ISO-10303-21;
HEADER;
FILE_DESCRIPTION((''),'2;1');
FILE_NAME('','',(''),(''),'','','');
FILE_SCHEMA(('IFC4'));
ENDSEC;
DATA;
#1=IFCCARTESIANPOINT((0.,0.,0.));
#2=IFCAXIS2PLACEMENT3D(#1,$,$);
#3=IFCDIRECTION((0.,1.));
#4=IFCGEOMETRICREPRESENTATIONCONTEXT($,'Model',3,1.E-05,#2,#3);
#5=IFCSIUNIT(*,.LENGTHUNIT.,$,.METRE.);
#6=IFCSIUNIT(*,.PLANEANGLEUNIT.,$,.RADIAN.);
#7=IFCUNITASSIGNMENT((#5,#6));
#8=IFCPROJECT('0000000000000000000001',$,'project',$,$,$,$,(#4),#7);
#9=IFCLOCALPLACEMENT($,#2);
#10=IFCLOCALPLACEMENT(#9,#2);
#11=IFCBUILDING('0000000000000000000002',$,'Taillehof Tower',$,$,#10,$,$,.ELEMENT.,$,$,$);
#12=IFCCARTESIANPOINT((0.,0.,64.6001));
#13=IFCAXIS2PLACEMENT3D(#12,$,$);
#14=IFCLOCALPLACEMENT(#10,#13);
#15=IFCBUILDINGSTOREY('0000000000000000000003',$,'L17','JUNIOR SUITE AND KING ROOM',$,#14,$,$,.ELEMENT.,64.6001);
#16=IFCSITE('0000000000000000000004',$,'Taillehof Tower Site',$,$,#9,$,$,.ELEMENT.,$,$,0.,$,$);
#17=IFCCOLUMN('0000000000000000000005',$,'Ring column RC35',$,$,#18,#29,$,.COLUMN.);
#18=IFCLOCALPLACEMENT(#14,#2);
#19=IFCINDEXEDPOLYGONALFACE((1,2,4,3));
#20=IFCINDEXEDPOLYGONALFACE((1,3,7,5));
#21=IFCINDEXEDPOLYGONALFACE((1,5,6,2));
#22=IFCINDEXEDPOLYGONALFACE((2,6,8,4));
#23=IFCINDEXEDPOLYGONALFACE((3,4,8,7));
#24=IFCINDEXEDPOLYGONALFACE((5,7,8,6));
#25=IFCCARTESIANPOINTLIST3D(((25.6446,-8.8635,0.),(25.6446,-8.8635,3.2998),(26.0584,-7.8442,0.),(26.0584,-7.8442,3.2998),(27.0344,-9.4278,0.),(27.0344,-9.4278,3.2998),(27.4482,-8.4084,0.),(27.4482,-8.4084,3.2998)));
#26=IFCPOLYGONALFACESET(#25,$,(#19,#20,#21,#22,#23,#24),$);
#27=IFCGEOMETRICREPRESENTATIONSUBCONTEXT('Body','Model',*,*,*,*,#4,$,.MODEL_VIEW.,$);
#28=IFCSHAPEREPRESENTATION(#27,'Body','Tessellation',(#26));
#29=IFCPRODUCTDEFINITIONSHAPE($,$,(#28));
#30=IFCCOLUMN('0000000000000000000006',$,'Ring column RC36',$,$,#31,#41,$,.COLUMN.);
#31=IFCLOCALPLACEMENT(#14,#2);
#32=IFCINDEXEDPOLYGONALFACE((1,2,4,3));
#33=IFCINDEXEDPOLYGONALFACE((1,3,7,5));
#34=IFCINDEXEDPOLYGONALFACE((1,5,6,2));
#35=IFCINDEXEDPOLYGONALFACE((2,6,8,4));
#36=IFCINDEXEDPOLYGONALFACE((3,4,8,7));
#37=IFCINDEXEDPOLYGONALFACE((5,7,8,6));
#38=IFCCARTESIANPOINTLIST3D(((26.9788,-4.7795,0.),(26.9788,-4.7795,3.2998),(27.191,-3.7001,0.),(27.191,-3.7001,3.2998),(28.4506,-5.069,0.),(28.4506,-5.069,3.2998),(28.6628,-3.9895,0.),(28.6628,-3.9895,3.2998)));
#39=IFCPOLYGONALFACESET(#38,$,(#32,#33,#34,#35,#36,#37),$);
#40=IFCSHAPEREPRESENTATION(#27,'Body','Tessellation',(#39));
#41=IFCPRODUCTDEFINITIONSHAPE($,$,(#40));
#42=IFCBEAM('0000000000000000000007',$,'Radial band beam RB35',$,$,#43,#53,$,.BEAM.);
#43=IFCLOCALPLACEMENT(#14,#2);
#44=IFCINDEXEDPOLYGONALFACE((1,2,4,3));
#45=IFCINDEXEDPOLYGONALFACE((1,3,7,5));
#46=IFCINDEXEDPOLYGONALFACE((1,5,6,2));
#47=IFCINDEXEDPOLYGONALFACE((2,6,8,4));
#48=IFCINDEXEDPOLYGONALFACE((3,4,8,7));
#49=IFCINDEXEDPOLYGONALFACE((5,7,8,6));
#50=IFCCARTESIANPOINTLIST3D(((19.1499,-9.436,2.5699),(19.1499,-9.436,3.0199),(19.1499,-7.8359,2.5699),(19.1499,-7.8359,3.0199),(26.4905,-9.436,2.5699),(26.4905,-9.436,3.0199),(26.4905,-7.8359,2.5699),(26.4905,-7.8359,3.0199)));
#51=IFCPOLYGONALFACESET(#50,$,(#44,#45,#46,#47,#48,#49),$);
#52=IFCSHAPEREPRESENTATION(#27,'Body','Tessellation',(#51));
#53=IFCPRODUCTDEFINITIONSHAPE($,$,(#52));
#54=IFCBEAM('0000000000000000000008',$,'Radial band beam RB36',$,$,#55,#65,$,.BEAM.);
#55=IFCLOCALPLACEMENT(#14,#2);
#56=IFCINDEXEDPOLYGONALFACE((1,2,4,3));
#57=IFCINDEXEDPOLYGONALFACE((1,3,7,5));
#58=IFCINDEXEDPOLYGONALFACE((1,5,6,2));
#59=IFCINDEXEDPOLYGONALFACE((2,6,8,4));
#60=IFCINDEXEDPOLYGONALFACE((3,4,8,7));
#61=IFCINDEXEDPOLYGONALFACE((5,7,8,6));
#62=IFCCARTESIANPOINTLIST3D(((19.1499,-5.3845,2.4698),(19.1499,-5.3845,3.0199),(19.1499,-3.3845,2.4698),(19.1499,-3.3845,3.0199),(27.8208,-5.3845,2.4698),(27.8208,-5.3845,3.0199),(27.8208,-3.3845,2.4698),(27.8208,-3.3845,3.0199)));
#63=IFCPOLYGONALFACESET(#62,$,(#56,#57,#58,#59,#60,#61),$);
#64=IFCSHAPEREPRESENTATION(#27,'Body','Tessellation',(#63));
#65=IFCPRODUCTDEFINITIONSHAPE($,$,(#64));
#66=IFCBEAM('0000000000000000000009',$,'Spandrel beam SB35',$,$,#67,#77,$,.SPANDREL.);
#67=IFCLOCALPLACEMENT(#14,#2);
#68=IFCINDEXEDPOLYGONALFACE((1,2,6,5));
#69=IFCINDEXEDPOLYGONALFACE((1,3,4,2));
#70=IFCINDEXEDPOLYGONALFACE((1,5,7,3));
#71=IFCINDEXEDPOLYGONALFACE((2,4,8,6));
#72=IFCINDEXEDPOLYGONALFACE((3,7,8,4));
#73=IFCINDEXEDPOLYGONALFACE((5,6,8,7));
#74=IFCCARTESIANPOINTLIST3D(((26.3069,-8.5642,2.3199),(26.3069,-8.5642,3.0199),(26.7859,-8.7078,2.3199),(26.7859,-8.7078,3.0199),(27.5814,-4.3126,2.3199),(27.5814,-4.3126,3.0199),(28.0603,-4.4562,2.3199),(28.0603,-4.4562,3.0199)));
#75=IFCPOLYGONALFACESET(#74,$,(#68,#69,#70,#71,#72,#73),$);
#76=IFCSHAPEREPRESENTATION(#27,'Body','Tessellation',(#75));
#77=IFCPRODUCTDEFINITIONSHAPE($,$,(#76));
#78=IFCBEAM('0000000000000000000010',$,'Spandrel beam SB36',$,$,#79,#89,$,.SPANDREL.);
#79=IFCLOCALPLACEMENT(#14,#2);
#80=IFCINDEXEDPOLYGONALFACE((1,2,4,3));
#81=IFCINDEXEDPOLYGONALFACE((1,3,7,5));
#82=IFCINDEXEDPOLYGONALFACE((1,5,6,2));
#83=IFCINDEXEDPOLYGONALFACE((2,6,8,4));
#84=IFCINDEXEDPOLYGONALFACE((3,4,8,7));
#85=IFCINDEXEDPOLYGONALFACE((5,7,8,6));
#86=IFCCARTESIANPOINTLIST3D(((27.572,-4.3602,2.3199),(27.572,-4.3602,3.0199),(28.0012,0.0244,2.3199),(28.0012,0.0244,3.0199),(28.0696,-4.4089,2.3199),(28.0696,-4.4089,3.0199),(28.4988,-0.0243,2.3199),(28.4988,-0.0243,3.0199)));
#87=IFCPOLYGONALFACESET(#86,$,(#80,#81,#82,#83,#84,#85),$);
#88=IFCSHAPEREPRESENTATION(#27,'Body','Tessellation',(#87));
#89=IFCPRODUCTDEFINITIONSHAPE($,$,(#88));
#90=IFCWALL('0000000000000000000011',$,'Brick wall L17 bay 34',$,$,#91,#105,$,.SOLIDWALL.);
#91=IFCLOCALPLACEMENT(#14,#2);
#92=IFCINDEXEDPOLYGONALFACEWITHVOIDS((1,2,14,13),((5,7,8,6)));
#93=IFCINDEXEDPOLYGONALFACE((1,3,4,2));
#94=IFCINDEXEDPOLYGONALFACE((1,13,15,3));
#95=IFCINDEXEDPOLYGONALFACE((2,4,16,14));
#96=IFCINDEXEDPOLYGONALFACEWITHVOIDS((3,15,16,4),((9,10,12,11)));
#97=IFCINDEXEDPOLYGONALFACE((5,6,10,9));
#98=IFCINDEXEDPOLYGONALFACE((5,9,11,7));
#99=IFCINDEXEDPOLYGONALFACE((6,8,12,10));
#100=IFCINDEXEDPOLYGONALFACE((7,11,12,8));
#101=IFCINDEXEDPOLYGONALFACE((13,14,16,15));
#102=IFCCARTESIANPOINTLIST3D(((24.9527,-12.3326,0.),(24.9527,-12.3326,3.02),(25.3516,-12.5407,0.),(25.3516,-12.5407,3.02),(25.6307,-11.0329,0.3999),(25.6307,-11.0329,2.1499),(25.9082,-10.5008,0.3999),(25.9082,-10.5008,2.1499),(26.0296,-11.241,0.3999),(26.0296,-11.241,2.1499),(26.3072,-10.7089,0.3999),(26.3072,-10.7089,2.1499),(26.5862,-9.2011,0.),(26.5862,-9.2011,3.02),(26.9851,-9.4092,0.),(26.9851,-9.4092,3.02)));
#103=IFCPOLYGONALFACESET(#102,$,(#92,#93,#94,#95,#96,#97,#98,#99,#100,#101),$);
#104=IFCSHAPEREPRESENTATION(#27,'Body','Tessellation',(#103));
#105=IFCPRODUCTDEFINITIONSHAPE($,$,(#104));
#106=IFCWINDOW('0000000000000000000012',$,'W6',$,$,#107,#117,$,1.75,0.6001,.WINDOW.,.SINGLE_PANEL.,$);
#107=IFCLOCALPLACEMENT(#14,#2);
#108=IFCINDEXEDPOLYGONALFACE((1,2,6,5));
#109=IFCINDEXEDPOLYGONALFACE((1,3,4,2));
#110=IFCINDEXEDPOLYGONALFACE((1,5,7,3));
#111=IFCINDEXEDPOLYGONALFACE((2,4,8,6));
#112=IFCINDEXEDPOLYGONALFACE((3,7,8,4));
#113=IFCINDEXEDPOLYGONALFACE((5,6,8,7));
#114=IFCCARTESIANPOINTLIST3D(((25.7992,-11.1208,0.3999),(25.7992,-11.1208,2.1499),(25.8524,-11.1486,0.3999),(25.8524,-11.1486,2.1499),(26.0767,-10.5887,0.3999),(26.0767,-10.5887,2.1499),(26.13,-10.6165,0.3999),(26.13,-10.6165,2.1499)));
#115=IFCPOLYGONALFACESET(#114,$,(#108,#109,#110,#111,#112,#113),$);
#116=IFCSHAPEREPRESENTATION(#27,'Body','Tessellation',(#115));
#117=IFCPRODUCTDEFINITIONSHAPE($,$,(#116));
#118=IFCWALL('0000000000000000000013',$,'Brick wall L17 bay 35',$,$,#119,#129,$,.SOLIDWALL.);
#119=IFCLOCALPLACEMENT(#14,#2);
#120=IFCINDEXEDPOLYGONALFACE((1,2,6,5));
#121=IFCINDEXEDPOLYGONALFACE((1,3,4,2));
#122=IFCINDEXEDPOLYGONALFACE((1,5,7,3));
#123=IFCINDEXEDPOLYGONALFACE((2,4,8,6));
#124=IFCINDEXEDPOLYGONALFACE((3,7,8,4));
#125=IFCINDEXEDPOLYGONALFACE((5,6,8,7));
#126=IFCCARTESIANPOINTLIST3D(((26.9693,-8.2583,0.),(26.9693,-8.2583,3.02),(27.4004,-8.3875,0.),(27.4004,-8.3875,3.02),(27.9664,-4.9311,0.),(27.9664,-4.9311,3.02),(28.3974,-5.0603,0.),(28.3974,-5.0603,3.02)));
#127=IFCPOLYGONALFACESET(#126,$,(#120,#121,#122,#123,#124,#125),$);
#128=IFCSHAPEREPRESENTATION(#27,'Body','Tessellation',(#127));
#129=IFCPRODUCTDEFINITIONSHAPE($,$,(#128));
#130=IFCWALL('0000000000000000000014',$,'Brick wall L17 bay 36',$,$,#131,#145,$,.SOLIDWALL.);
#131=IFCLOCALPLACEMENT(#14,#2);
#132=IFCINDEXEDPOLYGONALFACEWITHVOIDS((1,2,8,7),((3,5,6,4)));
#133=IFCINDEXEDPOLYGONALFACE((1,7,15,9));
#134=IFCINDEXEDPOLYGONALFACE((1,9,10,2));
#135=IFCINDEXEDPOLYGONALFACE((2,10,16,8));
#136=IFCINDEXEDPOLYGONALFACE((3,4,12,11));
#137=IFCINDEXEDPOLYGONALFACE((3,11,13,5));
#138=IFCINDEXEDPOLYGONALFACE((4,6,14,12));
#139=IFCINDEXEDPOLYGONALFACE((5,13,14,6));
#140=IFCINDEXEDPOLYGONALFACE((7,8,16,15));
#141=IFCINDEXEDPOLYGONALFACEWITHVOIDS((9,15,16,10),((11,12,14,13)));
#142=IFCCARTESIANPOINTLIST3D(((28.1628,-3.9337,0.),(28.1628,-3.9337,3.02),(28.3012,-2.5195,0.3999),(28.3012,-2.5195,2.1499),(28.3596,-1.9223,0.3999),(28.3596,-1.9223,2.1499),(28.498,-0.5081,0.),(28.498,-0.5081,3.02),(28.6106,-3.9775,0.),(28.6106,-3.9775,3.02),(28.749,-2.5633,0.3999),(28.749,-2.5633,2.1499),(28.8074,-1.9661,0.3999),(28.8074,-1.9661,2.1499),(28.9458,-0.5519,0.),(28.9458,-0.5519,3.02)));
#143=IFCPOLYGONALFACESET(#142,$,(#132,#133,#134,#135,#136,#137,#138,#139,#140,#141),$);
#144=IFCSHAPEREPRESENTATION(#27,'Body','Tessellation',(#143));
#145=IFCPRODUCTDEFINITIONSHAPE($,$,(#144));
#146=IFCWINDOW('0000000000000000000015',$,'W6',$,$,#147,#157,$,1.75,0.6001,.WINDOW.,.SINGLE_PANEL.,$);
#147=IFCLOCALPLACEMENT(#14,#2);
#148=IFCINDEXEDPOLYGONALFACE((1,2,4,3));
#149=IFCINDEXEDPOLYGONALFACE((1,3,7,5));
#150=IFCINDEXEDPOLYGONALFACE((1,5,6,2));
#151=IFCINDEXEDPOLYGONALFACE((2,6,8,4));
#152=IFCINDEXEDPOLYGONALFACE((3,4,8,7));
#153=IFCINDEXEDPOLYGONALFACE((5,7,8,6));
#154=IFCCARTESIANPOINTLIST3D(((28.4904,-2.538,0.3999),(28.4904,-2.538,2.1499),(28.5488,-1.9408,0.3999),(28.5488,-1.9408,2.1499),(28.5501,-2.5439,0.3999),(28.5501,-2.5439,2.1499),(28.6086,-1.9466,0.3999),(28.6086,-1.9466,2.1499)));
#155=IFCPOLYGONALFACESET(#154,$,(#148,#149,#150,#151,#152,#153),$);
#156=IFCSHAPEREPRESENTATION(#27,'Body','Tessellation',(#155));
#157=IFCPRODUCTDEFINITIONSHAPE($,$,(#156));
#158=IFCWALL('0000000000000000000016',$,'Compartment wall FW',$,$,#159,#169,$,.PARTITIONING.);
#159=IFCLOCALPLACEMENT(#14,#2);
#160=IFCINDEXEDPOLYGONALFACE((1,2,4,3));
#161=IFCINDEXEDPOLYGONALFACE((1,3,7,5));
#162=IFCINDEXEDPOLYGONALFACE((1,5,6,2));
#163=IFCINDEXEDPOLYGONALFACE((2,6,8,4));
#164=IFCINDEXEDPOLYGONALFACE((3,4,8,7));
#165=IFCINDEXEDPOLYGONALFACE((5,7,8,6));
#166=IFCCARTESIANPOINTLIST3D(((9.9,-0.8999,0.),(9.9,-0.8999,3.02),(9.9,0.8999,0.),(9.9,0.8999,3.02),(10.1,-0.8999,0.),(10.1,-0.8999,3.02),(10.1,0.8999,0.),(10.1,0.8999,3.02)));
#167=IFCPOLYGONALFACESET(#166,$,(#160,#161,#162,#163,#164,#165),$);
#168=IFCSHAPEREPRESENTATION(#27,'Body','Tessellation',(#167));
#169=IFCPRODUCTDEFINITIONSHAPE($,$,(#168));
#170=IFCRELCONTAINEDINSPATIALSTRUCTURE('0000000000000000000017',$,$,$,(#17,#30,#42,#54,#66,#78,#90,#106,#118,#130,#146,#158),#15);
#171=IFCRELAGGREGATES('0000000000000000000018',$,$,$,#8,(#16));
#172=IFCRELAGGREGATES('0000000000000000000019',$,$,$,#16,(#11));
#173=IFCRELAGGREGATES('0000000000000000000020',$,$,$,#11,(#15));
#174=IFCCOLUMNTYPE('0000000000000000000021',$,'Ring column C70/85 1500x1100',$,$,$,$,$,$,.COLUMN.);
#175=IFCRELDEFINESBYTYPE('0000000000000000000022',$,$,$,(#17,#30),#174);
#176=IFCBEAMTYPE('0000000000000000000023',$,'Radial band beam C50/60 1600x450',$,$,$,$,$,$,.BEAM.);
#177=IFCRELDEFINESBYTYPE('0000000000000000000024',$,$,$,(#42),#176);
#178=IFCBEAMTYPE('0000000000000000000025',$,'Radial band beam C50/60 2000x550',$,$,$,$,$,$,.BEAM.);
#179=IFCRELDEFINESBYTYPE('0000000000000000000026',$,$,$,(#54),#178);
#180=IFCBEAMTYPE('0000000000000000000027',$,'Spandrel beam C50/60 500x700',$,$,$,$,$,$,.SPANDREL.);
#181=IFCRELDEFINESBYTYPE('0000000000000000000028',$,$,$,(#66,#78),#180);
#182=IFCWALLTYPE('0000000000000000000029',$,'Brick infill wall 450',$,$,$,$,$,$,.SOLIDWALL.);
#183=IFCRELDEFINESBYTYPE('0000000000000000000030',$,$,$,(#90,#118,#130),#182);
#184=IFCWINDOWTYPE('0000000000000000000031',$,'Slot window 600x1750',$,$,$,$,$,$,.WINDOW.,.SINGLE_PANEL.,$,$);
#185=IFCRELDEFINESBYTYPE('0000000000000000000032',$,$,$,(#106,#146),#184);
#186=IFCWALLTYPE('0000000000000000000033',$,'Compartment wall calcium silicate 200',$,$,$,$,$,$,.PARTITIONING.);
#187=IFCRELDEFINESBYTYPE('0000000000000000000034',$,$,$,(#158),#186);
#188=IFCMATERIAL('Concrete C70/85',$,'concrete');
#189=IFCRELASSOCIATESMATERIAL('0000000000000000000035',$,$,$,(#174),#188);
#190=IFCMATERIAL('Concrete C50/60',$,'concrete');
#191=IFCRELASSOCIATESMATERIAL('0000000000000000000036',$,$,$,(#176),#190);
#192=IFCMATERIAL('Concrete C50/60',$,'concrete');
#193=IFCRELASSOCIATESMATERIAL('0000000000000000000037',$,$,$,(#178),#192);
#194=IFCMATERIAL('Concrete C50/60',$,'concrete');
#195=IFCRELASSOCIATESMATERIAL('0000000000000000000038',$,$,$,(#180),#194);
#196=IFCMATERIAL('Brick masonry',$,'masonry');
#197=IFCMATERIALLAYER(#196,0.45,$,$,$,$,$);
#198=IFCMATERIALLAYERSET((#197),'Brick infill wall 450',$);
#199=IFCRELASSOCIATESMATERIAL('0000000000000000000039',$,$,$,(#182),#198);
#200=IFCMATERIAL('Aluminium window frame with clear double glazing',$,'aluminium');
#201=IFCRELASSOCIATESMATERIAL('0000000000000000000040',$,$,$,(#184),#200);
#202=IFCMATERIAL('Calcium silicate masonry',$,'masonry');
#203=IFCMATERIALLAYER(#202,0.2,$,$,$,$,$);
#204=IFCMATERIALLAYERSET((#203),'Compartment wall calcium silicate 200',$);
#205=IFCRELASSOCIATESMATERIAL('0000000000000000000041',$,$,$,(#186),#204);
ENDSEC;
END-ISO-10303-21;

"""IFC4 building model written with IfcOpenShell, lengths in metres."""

from ifc_helpers import new_model, si_unit, direction, frame, frame_2d, origin, origin_2d, place, context, subcontext, project, spatial, rectangle, extrude, material, layer, layer_set, material_profile, profile_set, type_object, element, fill, save


model = new_model("IFC4")

# Units and contexts
model_context = context("Model", 3, precision=1e-05, world=origin(), true_north=direction((0.0, 1.0)))
body_context = subcontext(model_context, "Body", "Model", "MODEL_VIEW")
ifc_project = project(units=[si_unit("LENGTHUNIT", "METRE"), si_unit("PLANEANGLEUNIT", "RADIAN")], contexts=[model_context])

# Site, building, storey
site_placement = place(None, origin())
site = spatial("IfcSite", under=ifc_project, at=site_placement, Name="Taillehof Tower Site", CompositionType="ELEMENT", RefElevation=0.0)
building_placement = place(site_placement, origin())
building = spatial("IfcBuilding", under=site, at=building_placement, Name="Taillehof Tower", CompositionType="ELEMENT")
storey_placement = place(building_placement, frame((0.0, 0.0, 64.6001)))
storey = spatial("IfcBuildingStorey", under=building, at=storey_placement, Name="L17", Description="JUNIOR SUITE AND KING ROOM", CompositionType="ELEMENT", Elevation=64.6001)

# Columns
ifc_material_1 = material(Name="Concrete C70/85", Category="concrete")
ifc_material_profile_1 = material_profile(ifc_material_1, rectangle(XDim=1.5, YDim=1.1001, at=origin_2d()), Name="RC 1500x1100")
ifc_profile_set_1 = profile_set([ifc_material_profile_1], Name="Concrete C70/85")
column_type = type_object("IfcColumnType", Name="Ring column C70/85 1500x1100", PredefinedType="COLUMN", material=ifc_profile_set_1)
for number, where, z_axis, x_axis, name in (
    (1, (26.5464, -8.636, 0.0), (0.0, 0.0, 1.0), (0.926558, -0.376152, 0.0), "Ring column RC35"),
    (2, (27.8208, -4.3845, 0.0), (0.0, 0.0, 1.0), (0.981204, -0.192976, 0.0), "Ring column RC36"),
):
    element("IfcColumn", number, at=place(storey_placement, frame(where, z_axis=z_axis, x_axis=x_axis)), inside=storey, type_object=column_type, Name=name, PredefinedType="COLUMN", context=body_context, shape_type="SweptSolid", body=[
        extrude(rectangle(XDim=1.5, YDim=1.1001, at=origin_2d()), origin(), (0.0, 0.0, 1.0), 3.2998),
    ])

# Beams
ifc_material_2 = material(Name="Concrete C50/60", Category="concrete")
ifc_material_profile_2 = material_profile(ifc_material_2, rectangle(XDim=1.6001, YDim=0.45, at=origin_2d()), Name="RC 1600x450")
ifc_profile_set_2 = profile_set([ifc_material_profile_2], Name="Concrete C50/60")
beam_type_1 = type_object("IfcBeamType", Name="Radial band beam C50/60 1600x450", PredefinedType="BEAM", material=ifc_profile_set_2)
beam_1_placement = place(storey_placement, frame((26.4905, -8.636, 2.7949), z_axis=(-1.0, 0.0, 0.0), x_axis=(0.0, -1.0, 0.0)))
element("IfcBeam", 3, at=beam_1_placement, inside=storey, type_object=beam_type_1, Name="Radial band beam RB35", PredefinedType="BEAM", context=body_context, shape_type="SweptSolid", body=[
    extrude(rectangle(XDim=1.6001, YDim=0.45, at=origin_2d()), origin(), (0.0, 0.0, 1.0), 7.3406),
])
ifc_material_3 = material(Name="Concrete C50/60", Category="concrete")
ifc_material_profile_3 = material_profile(ifc_material_3, rectangle(XDim=2.0, YDim=0.55, at=origin_2d()), Name="RC 2000x550")
ifc_profile_set_3 = profile_set([ifc_material_profile_3], Name="Concrete C50/60")
beam_type_2 = type_object("IfcBeamType", Name="Radial band beam C50/60 2000x550", PredefinedType="BEAM", material=ifc_profile_set_3)
beam_2_placement = place(storey_placement, frame((27.8208, -4.3845, 2.7449), z_axis=(-1.0, 0.0, 0.0), x_axis=(0.0, -1.0, 0.0)))
element("IfcBeam", 4, at=beam_2_placement, inside=storey, type_object=beam_type_2, Name="Radial band beam RB36", PredefinedType="BEAM", context=body_context, shape_type="SweptSolid", body=[
    extrude(rectangle(XDim=2.0, YDim=0.55, at=origin_2d()), origin(), (0.0, 0.0, 1.0), 8.6709),
])
ifc_material_4 = material(Name="Concrete C50/60", Category="concrete")
ifc_material_profile_4 = material_profile(ifc_material_4, rectangle(XDim=0.5, YDim=0.7, at=origin_2d()), Name="RC 500x700")
ifc_profile_set_4 = profile_set([ifc_material_profile_4], Name="Concrete C50/60")
beam_type_3 = type_object("IfcBeamType", Name="Spandrel beam C50/60 500x700", PredefinedType="SPANDREL", material=ifc_profile_set_4)
beam_3_placement = place(storey_placement, frame((26.5464, -8.636, 2.6699), z_axis=(0.287136, 0.95789, 0.0), x_axis=(-0.95789, 0.287136, 0.0)))
element("IfcBeam", 5, at=beam_3_placement, inside=storey, type_object=beam_type_3, Name="Spandrel beam SB35", PredefinedType="SPANDREL", context=body_context, shape_type="SweptSolid", body=[
    extrude(rectangle(XDim=0.5, YDim=0.7, at=origin_2d()), origin(), (0.0, 0.0, 1.0), 4.4385),
])
beam_4_placement = place(storey_placement, frame((27.8208, -4.3845, 2.6699), z_axis=(0.097424, 0.995243, 0.0), x_axis=(-0.995243, 0.097424, 0.0)))
element("IfcBeam", 6, at=beam_4_placement, inside=storey, type_object=beam_type_3, Name="Spandrel beam SB36", PredefinedType="SPANDREL", context=body_context, shape_type="SweptSolid", body=[
    extrude(rectangle(XDim=0.5, YDim=0.7, at=origin_2d()), origin(), (0.0, 0.0, 1.0), 4.4055),
])

# Wall, opening, window
ifc_material_5 = material(Name="Brick masonry", Category="masonry")
ifc_layer_1 = layer(ifc_material_5, 0.45)
ifc_layer_set_1 = layer_set([ifc_layer_1], Name="Brick infill wall 450")
wall_type_1 = type_object("IfcWallType", Name="Brick infill wall 450", PredefinedType="SOLIDWALL", material=ifc_layer_set_1)
wall_1_placement = place(storey_placement, frame((25.1521, -12.4368, 0.0), z_axis=(0.0, 0.0, 1.0), x_axis=(0.462493, 0.886623, 0.0)))
wall_1 = element("IfcWall", 7, at=wall_1_placement, inside=storey, type_object=wall_type_1, Name="Brick wall L17 bay 34", PredefinedType="SOLIDWALL", context=body_context, shape_type="SweptSolid", body=[
    extrude(rectangle(XDim=3.532, YDim=0.45, at=frame_2d((1.7661, 0.0))), origin(), (0.0, 0.0, 1.0), 3.02),
])
opening_1_placement = place(wall_1_placement, frame((1.4661, 0.0, 0.3999)))
opening_1 = element("IfcOpeningElement", 8, at=opening_1_placement, cuts=wall_1, PredefinedType="OPENING", context=body_context, shape_type="SweptSolid", body=[
    extrude(rectangle(XDim=0.6001, YDim=1.75, at=frame_2d((0.3, 0.875))), frame((0.0, 0.2349, 0.0), z_axis=(0.0, -1.0, 0.0), x_axis=(1.0, 0.0, 0.0)), (0.0, 0.0, 1.0), 0.47),
])
ifc_material_6 = material(Name="Aluminium window frame with clear double glazing", Category="aluminium")
window_type = type_object("IfcWindowType", Name="Slot window 600x1750", PartitioningType="SINGLE_PANEL", PredefinedType="WINDOW", material=ifc_material_6)
window_1_placement = place(opening_1_placement, origin())
window_1 = element("IfcWindow", 9, at=window_1_placement, inside=storey, type_object=window_type, Name="W6", OverallHeight=1.75, OverallWidth=0.6001, PartitioningType="SINGLE_PANEL", PredefinedType="WINDOW", context=body_context, shape_type="SweptSolid", body=[
    extrude(rectangle(XDim=0.6001, YDim=1.75, at=frame_2d((0.3, 0.875))), frame((0.0, 0.0349, 0.0), z_axis=(0.0, -1.0, 0.0), x_axis=(1.0, 0.0, 0.0)), (0.0, 0.0, 1.0), 0.0601),
])
fill(opening_1, window_1)

# Wall
wall_2_placement = place(storey_placement, frame((27.1848, -8.323, 0.0), z_axis=(0.0, 0.0, 1.0), x_axis=(0.287064, 0.957911, 0.0)))
element("IfcWall", 10, at=wall_2_placement, inside=storey, type_object=wall_type_1, Name="Brick wall L17 bay 35", PredefinedType="SOLIDWALL", context=body_context, shape_type="SweptSolid", body=[
    extrude(rectangle(XDim=3.4734, YDim=0.45, at=frame_2d((1.7368, 0.0))), origin(), (0.0, 0.0, 1.0), 3.02),
])

# Wall, opening, window
wall_3_placement = place(storey_placement, frame((28.3867, -3.9556, 0.0), z_axis=(0.0, 0.0, 1.0), x_axis=(0.09739, 0.995246, 0.0)))
wall_3 = element("IfcWall", 11, at=wall_3_placement, inside=storey, type_object=wall_type_1, Name="Brick wall L17 bay 36", PredefinedType="SOLIDWALL", context=body_context, shape_type="SweptSolid", body=[
    extrude(rectangle(XDim=3.4419, YDim=0.45, at=frame_2d((1.7209, 0.0))), origin(), (0.0, 0.0, 1.0), 3.02),
])
opening_2_placement = place(wall_3_placement, frame((1.4209, 0.0, 0.3999)))
opening_2 = element("IfcOpeningElement", 12, at=opening_2_placement, cuts=wall_3, PredefinedType="OPENING", context=body_context, shape_type="SweptSolid", body=[
    extrude(rectangle(XDim=0.6001, YDim=1.75, at=frame_2d((0.3, 0.875))), frame((0.0, 0.2349, 0.0), z_axis=(0.0, -1.0, 0.0), x_axis=(1.0, 0.0, 0.0)), (0.0, 0.0, 1.0), 0.47),
])
window_2_placement = place(opening_2_placement, origin())
window_2 = element("IfcWindow", 13, at=window_2_placement, inside=storey, type_object=window_type, Name="W6", OverallHeight=1.75, OverallWidth=0.6001, PartitioningType="SINGLE_PANEL", PredefinedType="WINDOW", context=body_context, shape_type="SweptSolid", body=[
    extrude(rectangle(XDim=0.6001, YDim=1.75, at=frame_2d((0.3, 0.875))), frame((0.0, 0.0349, 0.0), z_axis=(0.0, -1.0, 0.0), x_axis=(1.0, 0.0, 0.0)), (0.0, 0.0, 1.0), 0.0601),
])
fill(opening_2, window_2)

# Wall
ifc_material_7 = material(Name="Calcium silicate masonry", Category="masonry")
ifc_layer_2 = layer(ifc_material_7, 0.2)
ifc_layer_set_2 = layer_set([ifc_layer_2], Name="Compartment wall calcium silicate 200")
wall_type_2 = type_object("IfcWallType", Name="Compartment wall calcium silicate 200", PredefinedType="PARTITIONING", material=ifc_layer_set_2)
for number, where, z_axis, x_axis, name in (
    (14, (10.0, -0.8999, 0.0), (0.0, 0.0, 1.0), (0.0, 1.0, 0.0), "Compartment wall FW"),
):
    element("IfcWall", number, at=place(storey_placement, frame(where, z_axis=z_axis, x_axis=x_axis)), inside=storey, type_object=wall_type_2, Name=name, PredefinedType="PARTITIONING", context=body_context, shape_type="SweptSolid", body=[
        extrude(rectangle(XDim=1.7998, YDim=0.2, at=frame_2d((0.8999, 0.0))), origin(), (0.0, 0.0, 1.0), 3.02),
    ])

save(model, "model.ifc")
